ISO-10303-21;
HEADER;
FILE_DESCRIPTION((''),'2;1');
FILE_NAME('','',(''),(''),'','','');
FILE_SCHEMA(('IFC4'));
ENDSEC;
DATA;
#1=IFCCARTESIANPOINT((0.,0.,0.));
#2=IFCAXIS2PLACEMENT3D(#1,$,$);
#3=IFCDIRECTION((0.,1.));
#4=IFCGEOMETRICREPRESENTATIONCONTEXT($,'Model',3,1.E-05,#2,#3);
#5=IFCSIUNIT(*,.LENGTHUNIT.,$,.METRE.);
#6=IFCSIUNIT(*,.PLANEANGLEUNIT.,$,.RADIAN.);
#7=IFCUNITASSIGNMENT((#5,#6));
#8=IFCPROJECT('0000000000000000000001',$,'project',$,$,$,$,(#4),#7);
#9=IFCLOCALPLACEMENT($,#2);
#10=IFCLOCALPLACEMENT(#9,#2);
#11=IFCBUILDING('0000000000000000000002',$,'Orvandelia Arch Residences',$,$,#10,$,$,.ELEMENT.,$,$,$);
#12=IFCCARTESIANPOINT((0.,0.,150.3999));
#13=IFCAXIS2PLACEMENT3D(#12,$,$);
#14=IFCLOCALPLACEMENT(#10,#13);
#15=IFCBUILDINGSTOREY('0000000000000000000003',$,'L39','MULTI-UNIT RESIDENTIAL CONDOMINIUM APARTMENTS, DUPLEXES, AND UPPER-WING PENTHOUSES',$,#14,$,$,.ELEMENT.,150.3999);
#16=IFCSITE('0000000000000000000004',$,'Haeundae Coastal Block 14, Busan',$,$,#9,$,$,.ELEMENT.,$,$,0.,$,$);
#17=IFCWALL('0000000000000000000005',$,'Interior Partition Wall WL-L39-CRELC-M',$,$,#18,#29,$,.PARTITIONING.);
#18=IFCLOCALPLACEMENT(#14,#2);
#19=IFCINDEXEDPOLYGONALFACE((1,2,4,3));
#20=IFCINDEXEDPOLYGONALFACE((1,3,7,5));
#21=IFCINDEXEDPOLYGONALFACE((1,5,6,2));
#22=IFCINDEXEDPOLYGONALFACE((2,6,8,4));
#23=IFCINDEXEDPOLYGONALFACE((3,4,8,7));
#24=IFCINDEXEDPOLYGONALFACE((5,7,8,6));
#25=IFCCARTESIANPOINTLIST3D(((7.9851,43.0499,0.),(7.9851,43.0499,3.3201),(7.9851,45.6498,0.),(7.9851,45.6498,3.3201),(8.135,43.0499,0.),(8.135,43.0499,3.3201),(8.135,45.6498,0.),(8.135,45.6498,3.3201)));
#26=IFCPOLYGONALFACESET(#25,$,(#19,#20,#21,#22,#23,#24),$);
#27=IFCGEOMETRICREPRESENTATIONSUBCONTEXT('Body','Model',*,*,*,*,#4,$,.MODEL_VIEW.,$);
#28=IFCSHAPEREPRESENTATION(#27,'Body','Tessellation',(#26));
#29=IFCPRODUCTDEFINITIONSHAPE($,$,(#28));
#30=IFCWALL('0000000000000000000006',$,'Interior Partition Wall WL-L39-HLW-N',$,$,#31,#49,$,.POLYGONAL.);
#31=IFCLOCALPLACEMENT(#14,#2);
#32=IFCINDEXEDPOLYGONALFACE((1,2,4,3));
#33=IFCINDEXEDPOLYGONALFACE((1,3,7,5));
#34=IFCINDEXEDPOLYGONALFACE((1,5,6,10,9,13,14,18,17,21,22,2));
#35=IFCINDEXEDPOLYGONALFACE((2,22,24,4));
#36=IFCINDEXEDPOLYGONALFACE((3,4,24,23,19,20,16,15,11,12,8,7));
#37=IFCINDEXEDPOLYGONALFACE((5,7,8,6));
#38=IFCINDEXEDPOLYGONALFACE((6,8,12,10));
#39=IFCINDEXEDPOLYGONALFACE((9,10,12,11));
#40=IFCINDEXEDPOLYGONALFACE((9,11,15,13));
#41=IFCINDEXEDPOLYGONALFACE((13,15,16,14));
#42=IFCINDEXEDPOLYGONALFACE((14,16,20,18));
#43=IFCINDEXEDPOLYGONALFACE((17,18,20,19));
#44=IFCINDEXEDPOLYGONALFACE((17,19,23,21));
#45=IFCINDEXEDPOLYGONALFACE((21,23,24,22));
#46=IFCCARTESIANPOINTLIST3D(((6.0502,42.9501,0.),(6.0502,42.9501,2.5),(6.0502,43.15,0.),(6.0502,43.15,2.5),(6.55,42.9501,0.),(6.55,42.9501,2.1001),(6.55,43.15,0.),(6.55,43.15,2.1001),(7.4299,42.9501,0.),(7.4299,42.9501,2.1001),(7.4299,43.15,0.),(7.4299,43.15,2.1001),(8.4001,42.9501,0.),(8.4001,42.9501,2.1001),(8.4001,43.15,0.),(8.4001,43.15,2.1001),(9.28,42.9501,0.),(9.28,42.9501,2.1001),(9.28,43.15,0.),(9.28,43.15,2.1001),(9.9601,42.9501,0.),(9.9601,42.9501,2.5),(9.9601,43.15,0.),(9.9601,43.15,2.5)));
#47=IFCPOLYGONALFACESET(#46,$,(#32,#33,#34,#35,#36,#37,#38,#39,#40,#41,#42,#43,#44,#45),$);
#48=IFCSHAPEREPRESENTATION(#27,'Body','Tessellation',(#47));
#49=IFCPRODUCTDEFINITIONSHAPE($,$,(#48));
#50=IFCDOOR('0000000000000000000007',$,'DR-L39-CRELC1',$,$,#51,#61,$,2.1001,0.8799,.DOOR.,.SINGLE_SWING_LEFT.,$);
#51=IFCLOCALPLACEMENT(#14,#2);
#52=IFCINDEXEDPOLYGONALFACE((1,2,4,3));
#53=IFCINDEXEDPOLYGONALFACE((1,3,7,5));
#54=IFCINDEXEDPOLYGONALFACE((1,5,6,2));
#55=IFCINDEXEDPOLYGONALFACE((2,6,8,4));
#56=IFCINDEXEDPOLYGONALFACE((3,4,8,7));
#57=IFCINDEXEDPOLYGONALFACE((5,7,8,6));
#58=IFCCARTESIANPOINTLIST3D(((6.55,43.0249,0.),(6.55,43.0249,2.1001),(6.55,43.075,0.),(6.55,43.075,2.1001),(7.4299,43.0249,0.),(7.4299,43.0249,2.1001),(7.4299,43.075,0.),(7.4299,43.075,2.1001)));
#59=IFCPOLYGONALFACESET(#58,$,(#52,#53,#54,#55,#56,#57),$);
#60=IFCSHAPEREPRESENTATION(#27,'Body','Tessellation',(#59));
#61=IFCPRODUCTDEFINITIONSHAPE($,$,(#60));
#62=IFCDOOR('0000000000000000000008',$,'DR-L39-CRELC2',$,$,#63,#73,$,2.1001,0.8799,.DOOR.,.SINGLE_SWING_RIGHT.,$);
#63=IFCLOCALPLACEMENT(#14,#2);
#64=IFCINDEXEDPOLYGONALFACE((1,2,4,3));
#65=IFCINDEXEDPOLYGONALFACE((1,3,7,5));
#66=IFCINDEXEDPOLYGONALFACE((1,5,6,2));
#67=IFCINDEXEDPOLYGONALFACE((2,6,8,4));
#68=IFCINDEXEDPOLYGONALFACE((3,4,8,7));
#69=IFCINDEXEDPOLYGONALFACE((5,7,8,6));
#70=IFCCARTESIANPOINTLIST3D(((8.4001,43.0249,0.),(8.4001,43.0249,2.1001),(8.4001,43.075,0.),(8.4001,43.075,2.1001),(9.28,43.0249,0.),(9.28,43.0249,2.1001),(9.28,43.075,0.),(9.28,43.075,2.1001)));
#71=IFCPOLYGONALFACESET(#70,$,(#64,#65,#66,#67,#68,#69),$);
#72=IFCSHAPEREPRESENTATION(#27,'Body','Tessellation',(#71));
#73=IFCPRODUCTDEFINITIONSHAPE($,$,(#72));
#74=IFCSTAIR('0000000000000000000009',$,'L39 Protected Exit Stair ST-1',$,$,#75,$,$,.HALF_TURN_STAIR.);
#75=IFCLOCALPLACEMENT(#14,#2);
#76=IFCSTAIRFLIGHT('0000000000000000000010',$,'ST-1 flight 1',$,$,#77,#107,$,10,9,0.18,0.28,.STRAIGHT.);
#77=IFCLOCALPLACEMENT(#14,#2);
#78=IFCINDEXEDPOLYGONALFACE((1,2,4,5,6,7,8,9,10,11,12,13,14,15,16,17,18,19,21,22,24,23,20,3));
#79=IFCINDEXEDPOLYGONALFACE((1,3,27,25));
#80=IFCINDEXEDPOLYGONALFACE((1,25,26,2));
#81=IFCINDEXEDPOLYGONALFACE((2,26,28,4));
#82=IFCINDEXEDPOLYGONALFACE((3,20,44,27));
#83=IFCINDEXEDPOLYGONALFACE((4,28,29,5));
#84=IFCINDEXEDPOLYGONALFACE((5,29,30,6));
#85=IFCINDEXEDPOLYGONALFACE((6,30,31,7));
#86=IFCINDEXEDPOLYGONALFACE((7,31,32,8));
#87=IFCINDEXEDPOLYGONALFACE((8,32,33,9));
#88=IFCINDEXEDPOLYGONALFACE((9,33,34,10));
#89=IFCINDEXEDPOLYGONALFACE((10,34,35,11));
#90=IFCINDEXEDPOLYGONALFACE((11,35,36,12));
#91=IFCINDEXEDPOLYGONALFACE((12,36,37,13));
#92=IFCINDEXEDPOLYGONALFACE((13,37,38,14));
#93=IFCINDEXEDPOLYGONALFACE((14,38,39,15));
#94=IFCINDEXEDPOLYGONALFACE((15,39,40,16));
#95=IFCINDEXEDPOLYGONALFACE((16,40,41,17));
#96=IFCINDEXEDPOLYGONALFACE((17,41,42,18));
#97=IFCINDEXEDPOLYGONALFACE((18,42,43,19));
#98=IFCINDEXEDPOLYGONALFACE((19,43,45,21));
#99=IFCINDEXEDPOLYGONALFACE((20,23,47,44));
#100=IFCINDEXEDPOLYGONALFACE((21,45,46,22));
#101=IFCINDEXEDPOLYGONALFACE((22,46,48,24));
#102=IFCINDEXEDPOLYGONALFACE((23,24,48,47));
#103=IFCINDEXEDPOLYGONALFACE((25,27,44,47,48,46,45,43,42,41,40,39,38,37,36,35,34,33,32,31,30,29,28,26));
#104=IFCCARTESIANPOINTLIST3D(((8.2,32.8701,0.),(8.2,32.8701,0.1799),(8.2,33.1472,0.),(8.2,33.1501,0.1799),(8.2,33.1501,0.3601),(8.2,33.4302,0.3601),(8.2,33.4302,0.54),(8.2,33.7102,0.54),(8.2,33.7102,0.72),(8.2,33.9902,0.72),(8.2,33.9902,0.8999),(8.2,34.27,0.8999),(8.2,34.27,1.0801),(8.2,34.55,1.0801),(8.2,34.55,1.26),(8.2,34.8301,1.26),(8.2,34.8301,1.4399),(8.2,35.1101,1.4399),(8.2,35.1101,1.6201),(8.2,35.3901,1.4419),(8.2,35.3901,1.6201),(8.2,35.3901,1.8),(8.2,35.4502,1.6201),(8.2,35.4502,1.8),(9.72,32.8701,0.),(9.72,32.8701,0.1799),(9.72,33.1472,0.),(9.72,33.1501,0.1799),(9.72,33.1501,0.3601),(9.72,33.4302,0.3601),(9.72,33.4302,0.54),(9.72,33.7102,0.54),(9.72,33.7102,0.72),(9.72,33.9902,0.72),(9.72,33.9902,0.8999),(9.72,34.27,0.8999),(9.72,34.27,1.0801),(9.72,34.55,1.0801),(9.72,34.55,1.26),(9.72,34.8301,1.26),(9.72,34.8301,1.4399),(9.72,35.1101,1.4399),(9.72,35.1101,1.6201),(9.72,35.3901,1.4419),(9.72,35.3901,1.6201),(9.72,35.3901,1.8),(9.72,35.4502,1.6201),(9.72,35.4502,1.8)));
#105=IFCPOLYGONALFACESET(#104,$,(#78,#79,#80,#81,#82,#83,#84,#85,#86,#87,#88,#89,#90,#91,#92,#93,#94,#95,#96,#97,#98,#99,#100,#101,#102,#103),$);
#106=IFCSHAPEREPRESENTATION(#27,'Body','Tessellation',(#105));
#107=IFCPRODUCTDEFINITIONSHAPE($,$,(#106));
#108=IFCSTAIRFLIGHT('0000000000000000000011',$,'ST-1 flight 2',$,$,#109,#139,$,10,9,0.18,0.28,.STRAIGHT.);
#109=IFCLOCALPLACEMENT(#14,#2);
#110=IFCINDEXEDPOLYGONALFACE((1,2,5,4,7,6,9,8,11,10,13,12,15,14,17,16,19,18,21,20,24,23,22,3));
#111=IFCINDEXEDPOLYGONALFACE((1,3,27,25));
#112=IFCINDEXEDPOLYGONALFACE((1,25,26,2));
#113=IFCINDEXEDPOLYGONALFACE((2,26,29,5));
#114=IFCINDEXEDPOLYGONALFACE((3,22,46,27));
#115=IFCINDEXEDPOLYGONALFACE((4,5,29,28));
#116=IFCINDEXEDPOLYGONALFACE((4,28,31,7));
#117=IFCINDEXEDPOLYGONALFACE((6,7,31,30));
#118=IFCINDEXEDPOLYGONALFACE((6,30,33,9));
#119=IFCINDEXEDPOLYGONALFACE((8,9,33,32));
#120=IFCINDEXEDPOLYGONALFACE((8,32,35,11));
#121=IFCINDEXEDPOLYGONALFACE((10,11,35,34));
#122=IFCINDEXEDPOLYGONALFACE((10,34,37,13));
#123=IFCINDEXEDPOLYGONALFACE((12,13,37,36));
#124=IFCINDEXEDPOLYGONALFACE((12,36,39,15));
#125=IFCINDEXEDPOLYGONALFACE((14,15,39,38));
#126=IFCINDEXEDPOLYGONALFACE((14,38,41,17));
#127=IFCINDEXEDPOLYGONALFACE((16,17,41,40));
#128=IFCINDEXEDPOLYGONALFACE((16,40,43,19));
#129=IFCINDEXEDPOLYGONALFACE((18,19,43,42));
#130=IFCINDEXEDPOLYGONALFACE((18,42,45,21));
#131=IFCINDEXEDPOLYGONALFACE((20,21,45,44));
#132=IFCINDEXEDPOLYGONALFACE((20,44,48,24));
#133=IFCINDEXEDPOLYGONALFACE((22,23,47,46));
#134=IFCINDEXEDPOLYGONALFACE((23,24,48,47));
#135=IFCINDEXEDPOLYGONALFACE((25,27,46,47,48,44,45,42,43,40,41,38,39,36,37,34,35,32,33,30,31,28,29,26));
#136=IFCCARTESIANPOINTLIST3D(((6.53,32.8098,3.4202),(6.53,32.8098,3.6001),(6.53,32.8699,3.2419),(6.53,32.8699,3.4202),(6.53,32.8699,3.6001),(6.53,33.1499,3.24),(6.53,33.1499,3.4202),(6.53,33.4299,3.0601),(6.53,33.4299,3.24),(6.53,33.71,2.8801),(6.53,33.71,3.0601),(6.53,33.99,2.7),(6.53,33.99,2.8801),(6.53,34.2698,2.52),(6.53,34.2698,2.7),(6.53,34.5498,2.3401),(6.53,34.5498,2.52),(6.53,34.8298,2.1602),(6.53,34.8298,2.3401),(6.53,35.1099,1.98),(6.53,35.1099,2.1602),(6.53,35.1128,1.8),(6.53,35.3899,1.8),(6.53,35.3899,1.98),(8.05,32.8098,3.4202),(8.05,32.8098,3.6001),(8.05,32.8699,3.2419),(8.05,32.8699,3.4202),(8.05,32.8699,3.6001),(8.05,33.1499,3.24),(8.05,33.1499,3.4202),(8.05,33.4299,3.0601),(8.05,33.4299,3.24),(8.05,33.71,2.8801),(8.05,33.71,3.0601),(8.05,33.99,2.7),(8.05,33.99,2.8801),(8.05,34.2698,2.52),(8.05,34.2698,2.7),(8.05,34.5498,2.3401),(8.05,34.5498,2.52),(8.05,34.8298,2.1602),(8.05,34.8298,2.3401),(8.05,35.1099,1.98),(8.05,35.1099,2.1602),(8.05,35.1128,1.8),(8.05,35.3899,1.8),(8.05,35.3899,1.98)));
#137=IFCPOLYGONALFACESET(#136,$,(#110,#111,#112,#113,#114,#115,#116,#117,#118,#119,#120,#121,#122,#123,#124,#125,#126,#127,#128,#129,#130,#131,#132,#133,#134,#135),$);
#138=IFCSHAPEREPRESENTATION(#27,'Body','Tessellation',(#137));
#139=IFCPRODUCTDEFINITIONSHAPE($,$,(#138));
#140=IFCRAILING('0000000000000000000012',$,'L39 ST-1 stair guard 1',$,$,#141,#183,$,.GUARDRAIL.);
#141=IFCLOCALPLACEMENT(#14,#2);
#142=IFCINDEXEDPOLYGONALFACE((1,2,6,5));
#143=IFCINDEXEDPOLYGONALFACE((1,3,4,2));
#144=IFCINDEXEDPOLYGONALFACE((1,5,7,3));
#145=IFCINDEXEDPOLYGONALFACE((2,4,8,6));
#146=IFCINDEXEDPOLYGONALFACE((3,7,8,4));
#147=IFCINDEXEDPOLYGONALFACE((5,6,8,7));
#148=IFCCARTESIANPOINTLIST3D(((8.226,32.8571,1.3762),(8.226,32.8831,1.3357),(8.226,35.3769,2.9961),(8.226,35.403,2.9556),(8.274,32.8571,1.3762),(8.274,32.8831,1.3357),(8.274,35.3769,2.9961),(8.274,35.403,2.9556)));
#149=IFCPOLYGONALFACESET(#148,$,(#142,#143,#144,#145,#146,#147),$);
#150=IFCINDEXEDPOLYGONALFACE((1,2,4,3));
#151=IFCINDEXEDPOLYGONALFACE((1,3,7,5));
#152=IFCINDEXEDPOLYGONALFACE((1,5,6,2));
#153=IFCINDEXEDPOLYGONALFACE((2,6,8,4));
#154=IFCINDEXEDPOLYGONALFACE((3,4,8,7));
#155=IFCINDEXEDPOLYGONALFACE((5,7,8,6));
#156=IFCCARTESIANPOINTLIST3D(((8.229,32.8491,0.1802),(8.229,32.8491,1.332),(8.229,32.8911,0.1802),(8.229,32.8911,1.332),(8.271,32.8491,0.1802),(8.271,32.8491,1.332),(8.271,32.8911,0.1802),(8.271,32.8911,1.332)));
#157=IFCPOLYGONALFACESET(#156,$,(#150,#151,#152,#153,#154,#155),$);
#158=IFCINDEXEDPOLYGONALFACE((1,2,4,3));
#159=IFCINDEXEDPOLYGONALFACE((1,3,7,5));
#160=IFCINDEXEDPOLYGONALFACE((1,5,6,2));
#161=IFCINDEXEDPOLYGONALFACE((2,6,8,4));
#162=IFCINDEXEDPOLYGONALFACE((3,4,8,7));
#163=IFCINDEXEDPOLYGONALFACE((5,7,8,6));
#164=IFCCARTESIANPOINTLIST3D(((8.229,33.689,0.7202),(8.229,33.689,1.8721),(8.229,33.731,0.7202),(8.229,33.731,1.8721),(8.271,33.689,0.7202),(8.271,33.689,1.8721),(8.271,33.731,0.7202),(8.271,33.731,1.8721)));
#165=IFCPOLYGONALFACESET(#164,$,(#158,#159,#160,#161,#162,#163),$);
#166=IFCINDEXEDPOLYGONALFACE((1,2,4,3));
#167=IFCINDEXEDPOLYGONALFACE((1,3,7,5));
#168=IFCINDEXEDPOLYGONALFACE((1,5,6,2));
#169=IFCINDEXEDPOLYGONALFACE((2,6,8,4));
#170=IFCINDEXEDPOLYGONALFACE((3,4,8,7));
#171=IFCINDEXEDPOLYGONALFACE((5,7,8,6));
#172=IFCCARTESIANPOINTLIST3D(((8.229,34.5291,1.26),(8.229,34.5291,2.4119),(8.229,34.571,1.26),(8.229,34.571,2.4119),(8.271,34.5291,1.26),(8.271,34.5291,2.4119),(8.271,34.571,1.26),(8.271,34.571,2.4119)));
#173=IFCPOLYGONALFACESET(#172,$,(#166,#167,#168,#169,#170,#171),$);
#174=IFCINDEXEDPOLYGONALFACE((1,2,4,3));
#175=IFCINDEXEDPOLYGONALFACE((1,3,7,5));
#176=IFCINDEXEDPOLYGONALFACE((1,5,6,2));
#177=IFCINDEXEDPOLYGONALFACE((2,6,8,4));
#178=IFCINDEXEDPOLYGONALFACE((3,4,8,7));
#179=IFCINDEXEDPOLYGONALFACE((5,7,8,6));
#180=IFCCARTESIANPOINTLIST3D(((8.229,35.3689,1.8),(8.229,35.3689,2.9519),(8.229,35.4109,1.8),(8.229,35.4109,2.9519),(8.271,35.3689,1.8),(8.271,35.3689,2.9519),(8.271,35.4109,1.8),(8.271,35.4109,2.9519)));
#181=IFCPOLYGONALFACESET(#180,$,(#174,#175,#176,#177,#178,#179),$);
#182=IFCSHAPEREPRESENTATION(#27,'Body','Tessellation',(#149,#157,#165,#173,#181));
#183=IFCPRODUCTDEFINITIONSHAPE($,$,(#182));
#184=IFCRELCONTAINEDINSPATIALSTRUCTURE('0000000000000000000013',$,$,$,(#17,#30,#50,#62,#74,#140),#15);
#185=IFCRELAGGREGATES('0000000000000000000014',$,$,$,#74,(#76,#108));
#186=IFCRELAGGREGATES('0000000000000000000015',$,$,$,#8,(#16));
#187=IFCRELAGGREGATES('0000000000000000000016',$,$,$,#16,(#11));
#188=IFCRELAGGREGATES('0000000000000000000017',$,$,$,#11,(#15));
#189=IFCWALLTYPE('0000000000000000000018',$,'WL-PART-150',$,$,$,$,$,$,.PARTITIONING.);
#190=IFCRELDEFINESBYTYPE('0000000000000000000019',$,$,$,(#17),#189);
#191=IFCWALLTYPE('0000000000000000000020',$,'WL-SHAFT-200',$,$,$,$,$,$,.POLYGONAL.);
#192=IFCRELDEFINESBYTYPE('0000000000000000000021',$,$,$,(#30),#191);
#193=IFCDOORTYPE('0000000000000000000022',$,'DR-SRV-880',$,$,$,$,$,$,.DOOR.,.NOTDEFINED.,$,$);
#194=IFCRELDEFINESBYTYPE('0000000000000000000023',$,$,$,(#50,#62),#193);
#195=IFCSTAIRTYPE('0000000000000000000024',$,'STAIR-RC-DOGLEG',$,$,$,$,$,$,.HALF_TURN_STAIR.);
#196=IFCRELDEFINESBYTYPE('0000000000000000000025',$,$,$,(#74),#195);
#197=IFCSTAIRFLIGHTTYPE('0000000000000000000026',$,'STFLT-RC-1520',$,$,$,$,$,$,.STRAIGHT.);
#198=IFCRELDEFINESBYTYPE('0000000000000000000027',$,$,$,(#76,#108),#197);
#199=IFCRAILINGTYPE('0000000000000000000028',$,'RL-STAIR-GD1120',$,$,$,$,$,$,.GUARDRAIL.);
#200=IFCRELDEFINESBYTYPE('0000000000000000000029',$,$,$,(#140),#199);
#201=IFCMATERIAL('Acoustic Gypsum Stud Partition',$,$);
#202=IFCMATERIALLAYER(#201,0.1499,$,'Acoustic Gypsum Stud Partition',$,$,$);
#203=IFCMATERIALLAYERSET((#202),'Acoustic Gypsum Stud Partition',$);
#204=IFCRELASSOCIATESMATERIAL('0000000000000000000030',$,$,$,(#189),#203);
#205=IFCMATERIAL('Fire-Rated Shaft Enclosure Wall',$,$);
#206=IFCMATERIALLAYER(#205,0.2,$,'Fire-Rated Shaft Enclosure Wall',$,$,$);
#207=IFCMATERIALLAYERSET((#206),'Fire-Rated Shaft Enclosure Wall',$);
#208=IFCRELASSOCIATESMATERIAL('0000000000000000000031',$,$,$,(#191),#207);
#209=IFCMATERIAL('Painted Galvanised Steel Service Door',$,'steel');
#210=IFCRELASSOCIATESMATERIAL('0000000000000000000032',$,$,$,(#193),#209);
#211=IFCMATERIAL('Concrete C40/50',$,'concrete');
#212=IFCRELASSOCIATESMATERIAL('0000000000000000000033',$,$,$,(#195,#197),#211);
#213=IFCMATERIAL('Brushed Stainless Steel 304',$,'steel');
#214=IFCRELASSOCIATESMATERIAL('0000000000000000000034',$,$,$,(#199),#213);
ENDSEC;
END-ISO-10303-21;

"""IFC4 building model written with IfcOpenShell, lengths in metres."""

from ifc_helpers import new_model, si_unit, direction, frame, frame_2d, origin, origin_2d, place, context, subcontext, project, spatial, polyline, rectangle, outline, extrude, material, layer, layer_set, type_object, element, fill, aggregate, save


model = new_model("IFC4")

# Units and contexts
model_context = context("Model", 3, precision=1e-05, world=origin(), true_north=direction((0.0, 1.0)))
body_context = subcontext(model_context, "Body", "Model", "MODEL_VIEW")
ifc_project = project(units=[si_unit("LENGTHUNIT", "METRE"), si_unit("PLANEANGLEUNIT", "RADIAN")], contexts=[model_context])

# Site, building, storey
site_placement = place(None, origin())
site = spatial("IfcSite", under=ifc_project, at=site_placement, Name="Haeundae Coastal Block 14, Busan", CompositionType="ELEMENT", RefElevation=0.0)
building_placement = place(site_placement, origin())
building = spatial("IfcBuilding", under=site, at=building_placement, Name="Orvandelia Arch Residences", CompositionType="ELEMENT")
storey_placement = place(building_placement, frame((0.0, 0.0, 150.3999)))
storey = spatial("IfcBuildingStorey", under=building, at=storey_placement, Name="L39", Description="MULTI-UNIT RESIDENTIAL CONDOMINIUM APARTMENTS, DUPLEXES, AND UPPER-WING PENTHOUSES", CompositionType="ELEMENT", Elevation=150.3999)

# Wall
ifc_material_1 = material(Name="Acoustic Gypsum Stud Partition")
ifc_layer_1 = layer(ifc_material_1, 0.1499, Name="Acoustic Gypsum Stud Partition")
ifc_layer_set_1 = layer_set([ifc_layer_1], Name="Acoustic Gypsum Stud Partition")
wall_type_1 = type_object("IfcWallType", Name="WL-PART-150", PredefinedType="PARTITIONING", material=ifc_layer_set_1)
wall_1_placement = place(storey_placement, frame((8.0601, 43.05, 0.0), z_axis=(0.0, 0.0, 1.0), x_axis=(0.0, 1.0, 0.0)))
element("IfcWall", 1, at=wall_1_placement, inside=storey, type_object=wall_type_1, Name="Interior Partition Wall WL-L39-CRELC-M", PredefinedType="PARTITIONING", context=body_context, shape_type="SweptSolid", body=[
    extrude(rectangle(XDim=2.5999, YDim=0.1499, at=frame_2d((1.2998, 0.0))), origin(), (0.0, 0.0, 1.0), 3.3201),
])

# Wall, openings, doors
ifc_material_2 = material(Name="Fire-Rated Shaft Enclosure Wall")
ifc_layer_2 = layer(ifc_material_2, 0.2, Name="Fire-Rated Shaft Enclosure Wall")
ifc_layer_set_2 = layer_set([ifc_layer_2], Name="Fire-Rated Shaft Enclosure Wall")
wall_type_2 = type_object("IfcWallType", Name="WL-SHAFT-200", PredefinedType="POLYGONAL", material=ifc_layer_set_2)
wall_2_placement = place(storey_placement, frame((6.05, 43.05, 0.0), z_axis=(0.0, 0.0, 1.0), x_axis=(1.0, 0.0, 0.0)))
wall_2 = element("IfcWall", 2, at=wall_2_placement, inside=storey, type_object=wall_type_2, Name="Interior Partition Wall WL-L39-HLW-N", PredefinedType="POLYGONAL", context=body_context, shape_type="SweptSolid", body=[
    extrude(rectangle(XDim=3.9099, YDim=0.2, at=frame_2d((1.9551, 0.0))), origin(), (0.0, 0.0, 1.0), 2.5),
])
opening_1_placement = place(wall_2_placement, frame((0.5, 0.0, 0.0)))
opening_1 = element("IfcOpeningElement", 3, at=opening_1_placement, cuts=wall_2, PredefinedType="OPENING", context=body_context, shape_type="SweptSolid", body=[
    extrude(rectangle(XDim=0.8799, YDim=2.1001, at=frame_2d((0.4399, 1.05))), frame((0.0, 0.1099, 0.0), z_axis=(0.0, -1.0, 0.0), x_axis=(1.0, 0.0, 0.0)), (0.0, 0.0, 1.0), 0.22),
])
opening_2_placement = place(wall_2_placement, frame((2.3501, 0.0, 0.0)))
opening_2 = element("IfcOpeningElement", 4, at=opening_2_placement, cuts=wall_2, PredefinedType="OPENING", context=body_context, shape_type="SweptSolid", body=[
    extrude(rectangle(XDim=0.8799, YDim=2.1001, at=frame_2d((0.4399, 1.05))), frame((0.0, 0.1099, 0.0), z_axis=(0.0, -1.0, 0.0), x_axis=(1.0, 0.0, 0.0)), (0.0, 0.0, 1.0), 0.22),
])
ifc_material_3 = material(Name="Painted Galvanised Steel Service Door", Category="steel")
door_type = type_object("IfcDoorType", Name="DR-SRV-880", OperationType="NOTDEFINED", PredefinedType="DOOR", material=ifc_material_3)
door_1_placement = place(opening_1_placement, origin())
door_1 = element("IfcDoor", 5, at=door_1_placement, inside=storey, type_object=door_type, Name="DR-L39-CRELC1", OperationType="SINGLE_SWING_LEFT", OverallHeight=2.1001, OverallWidth=0.8799, PredefinedType="DOOR", context=body_context, shape_type="SweptSolid", body=[
    extrude(rectangle(XDim=0.8799, YDim=2.1001, at=frame_2d((0.4399, 1.05))), frame((0.0, 0.0249, 0.0), z_axis=(0.0, -1.0, 0.0), x_axis=(1.0, 0.0, 0.0)), (0.0, 0.0, 1.0), 0.05),
])
fill(opening_1, door_1)
door_2_placement = place(opening_2_placement, origin())
door_2 = element("IfcDoor", 6, at=door_2_placement, inside=storey, type_object=door_type, Name="DR-L39-CRELC2", OperationType="SINGLE_SWING_RIGHT", OverallHeight=2.1001, OverallWidth=0.8799, PredefinedType="DOOR", context=body_context, shape_type="SweptSolid", body=[
    extrude(rectangle(XDim=0.8799, YDim=2.1001, at=frame_2d((0.4399, 1.05))), frame((0.0, 0.0249, 0.0), z_axis=(0.0, -1.0, 0.0), x_axis=(1.0, 0.0, 0.0)), (0.0, 0.0, 1.0), 0.05),
])
fill(opening_2, door_2)

# Stair, stair flights
ifc_material_4 = material(Name="Concrete C40/50", Category="concrete")
stair_type = type_object("IfcStairType", Name="STAIR-RC-DOGLEG", PredefinedType="HALF_TURN_STAIR", material=ifc_material_4)
stair_placement = place(storey_placement, origin())
stair = element("IfcStair", 7, at=stair_placement, inside=storey, type_object=stair_type, Name="L39 Protected Exit Stair ST-1", PredefinedType="HALF_TURN_STAIR")
stair_flight_type = type_object("IfcStairFlightType", Name="STFLT-RC-1520", PredefinedType="STRAIGHT", material=ifc_material_4)
stair_flight_1_placement = place(storey_placement, frame((8.96, 32.8701, 0.0), z_axis=(0.0, 0.0, 1.0), x_axis=(0.0, 1.0, 0.0)))
stair_flight_1 = element("IfcStairFlight", 8, at=stair_flight_1_placement, type_object=stair_flight_type, Name="ST-1 flight 1", NumberOfRisers=10, NumberOfTreads=9, PredefinedType="STRAIGHT", RiserHeight=0.18, TreadLength=0.28, context=body_context, shape_type="SweptSolid", body=[
    extrude(outline(polyline([(0.0, 0.0), (0.0, 0.1799), (0.28, 0.1799), (0.28, 0.3601), (0.5601, 0.3601), (0.5601, 0.54), (0.8401, 0.54), (0.8401, 0.72), (1.1201, 0.72), (1.1201, 0.8999), (1.3999, 0.8999), (1.3999, 1.0801), (1.6799, 1.0801), (1.6799, 1.26), (1.96, 1.26), (1.96, 1.4399), (2.24, 1.4399), (2.24, 1.6201), (2.52, 1.6201), (2.52, 1.8), (2.5801, 1.8), (2.5801, 1.6201), (2.52, 1.4419), (0.2771, 0.0), (0.0, 0.0)])), frame((0.0, 0.76, 0.0), z_axis=(0.0, -1.0, 0.0), x_axis=(1.0, 0.0, 0.0)), (0.0, 0.0, 1.0), 1.52),
])
stair_flight_2_placement = place(storey_placement, frame((7.29, 35.3899, 1.8), z_axis=(0.0, 0.0, 1.0), x_axis=(0.0, -1.0, 0.0)))
stair_flight_2 = element("IfcStairFlight", 9, at=stair_flight_2_placement, type_object=stair_flight_type, Name="ST-1 flight 2", NumberOfRisers=10, NumberOfTreads=9, PredefinedType="STRAIGHT", RiserHeight=0.18, TreadLength=0.28, context=body_context, shape_type="SweptSolid", body=[
    extrude(outline(polyline([(0.0, 0.0), (0.0, 0.1799), (0.28, 0.1799), (0.28, 0.3601), (0.5601, 0.3601), (0.5601, 0.54), (0.8401, 0.54), (0.8401, 0.72), (1.1201, 0.72), (1.1201, 0.8999), (1.3999, 0.8999), (1.3999, 1.0801), (1.6799, 1.0801), (1.6799, 1.26), (1.96, 1.26), (1.96, 1.4399), (2.24, 1.4399), (2.24, 1.6201), (2.52, 1.6201), (2.52, 1.8), (2.5801, 1.8), (2.5801, 1.6201), (2.52, 1.4419), (0.2771, 0.0), (0.0, 0.0)])), frame((0.0, 0.76, 0.0), z_axis=(0.0, -1.0, 0.0), x_axis=(1.0, 0.0, 0.0)), (0.0, 0.0, 1.0), 1.52),
])
aggregate(stair, [stair_flight_1, stair_flight_2])

# Railing
ifc_material_5 = material(Name="Brushed Stainless Steel 304", Category="steel")
railing_type_1 = type_object("IfcRailingType", Name="RL-STAIR-GD1120", PredefinedType="GUARDRAIL", material=ifc_material_5)
railing_1_placement = place(storey_placement, frame((8.25, 32.8701, 0.1802)))
element("IfcRailing", 10, at=railing_1_placement, inside=storey, type_object=railing_type_1, Name="L39 ST-1 stair guard 1", PredefinedType="GUARDRAIL", context=body_context, shape_type="SweptSolid", body=[
    extrude(rectangle(XDim=0.0481, YDim=0.0481, at=origin_2d()), frame((0.0, 0.0, 1.1758), z_axis=(0.0, 0.841176, 0.540762), x_axis=(-1.0, 0.0, 0.0)), (0.0, 0.0, 1.0), 2.9956),
    extrude(rectangle(XDim=0.042, YDim=0.042, at=origin_2d()), origin(), (0.0, 0.0, 1.0), 1.1519),
    extrude(rectangle(XDim=0.042, YDim=0.042, at=origin_2d()), frame((0.0, 0.8398, 0.54)), (0.0, 0.0, 1.0), 1.1519),
    extrude(rectangle(XDim=0.042, YDim=0.042, at=origin_2d()), frame((0.0, 1.6799, 1.0798)), (0.0, 0.0, 1.0), 1.1519),
    extrude(rectangle(XDim=0.042, YDim=0.042, at=origin_2d()), frame((0.0, 2.5198, 1.6199)), (0.0, 0.0, 1.0), 1.1519),
])

save(model, "model.ifc")
